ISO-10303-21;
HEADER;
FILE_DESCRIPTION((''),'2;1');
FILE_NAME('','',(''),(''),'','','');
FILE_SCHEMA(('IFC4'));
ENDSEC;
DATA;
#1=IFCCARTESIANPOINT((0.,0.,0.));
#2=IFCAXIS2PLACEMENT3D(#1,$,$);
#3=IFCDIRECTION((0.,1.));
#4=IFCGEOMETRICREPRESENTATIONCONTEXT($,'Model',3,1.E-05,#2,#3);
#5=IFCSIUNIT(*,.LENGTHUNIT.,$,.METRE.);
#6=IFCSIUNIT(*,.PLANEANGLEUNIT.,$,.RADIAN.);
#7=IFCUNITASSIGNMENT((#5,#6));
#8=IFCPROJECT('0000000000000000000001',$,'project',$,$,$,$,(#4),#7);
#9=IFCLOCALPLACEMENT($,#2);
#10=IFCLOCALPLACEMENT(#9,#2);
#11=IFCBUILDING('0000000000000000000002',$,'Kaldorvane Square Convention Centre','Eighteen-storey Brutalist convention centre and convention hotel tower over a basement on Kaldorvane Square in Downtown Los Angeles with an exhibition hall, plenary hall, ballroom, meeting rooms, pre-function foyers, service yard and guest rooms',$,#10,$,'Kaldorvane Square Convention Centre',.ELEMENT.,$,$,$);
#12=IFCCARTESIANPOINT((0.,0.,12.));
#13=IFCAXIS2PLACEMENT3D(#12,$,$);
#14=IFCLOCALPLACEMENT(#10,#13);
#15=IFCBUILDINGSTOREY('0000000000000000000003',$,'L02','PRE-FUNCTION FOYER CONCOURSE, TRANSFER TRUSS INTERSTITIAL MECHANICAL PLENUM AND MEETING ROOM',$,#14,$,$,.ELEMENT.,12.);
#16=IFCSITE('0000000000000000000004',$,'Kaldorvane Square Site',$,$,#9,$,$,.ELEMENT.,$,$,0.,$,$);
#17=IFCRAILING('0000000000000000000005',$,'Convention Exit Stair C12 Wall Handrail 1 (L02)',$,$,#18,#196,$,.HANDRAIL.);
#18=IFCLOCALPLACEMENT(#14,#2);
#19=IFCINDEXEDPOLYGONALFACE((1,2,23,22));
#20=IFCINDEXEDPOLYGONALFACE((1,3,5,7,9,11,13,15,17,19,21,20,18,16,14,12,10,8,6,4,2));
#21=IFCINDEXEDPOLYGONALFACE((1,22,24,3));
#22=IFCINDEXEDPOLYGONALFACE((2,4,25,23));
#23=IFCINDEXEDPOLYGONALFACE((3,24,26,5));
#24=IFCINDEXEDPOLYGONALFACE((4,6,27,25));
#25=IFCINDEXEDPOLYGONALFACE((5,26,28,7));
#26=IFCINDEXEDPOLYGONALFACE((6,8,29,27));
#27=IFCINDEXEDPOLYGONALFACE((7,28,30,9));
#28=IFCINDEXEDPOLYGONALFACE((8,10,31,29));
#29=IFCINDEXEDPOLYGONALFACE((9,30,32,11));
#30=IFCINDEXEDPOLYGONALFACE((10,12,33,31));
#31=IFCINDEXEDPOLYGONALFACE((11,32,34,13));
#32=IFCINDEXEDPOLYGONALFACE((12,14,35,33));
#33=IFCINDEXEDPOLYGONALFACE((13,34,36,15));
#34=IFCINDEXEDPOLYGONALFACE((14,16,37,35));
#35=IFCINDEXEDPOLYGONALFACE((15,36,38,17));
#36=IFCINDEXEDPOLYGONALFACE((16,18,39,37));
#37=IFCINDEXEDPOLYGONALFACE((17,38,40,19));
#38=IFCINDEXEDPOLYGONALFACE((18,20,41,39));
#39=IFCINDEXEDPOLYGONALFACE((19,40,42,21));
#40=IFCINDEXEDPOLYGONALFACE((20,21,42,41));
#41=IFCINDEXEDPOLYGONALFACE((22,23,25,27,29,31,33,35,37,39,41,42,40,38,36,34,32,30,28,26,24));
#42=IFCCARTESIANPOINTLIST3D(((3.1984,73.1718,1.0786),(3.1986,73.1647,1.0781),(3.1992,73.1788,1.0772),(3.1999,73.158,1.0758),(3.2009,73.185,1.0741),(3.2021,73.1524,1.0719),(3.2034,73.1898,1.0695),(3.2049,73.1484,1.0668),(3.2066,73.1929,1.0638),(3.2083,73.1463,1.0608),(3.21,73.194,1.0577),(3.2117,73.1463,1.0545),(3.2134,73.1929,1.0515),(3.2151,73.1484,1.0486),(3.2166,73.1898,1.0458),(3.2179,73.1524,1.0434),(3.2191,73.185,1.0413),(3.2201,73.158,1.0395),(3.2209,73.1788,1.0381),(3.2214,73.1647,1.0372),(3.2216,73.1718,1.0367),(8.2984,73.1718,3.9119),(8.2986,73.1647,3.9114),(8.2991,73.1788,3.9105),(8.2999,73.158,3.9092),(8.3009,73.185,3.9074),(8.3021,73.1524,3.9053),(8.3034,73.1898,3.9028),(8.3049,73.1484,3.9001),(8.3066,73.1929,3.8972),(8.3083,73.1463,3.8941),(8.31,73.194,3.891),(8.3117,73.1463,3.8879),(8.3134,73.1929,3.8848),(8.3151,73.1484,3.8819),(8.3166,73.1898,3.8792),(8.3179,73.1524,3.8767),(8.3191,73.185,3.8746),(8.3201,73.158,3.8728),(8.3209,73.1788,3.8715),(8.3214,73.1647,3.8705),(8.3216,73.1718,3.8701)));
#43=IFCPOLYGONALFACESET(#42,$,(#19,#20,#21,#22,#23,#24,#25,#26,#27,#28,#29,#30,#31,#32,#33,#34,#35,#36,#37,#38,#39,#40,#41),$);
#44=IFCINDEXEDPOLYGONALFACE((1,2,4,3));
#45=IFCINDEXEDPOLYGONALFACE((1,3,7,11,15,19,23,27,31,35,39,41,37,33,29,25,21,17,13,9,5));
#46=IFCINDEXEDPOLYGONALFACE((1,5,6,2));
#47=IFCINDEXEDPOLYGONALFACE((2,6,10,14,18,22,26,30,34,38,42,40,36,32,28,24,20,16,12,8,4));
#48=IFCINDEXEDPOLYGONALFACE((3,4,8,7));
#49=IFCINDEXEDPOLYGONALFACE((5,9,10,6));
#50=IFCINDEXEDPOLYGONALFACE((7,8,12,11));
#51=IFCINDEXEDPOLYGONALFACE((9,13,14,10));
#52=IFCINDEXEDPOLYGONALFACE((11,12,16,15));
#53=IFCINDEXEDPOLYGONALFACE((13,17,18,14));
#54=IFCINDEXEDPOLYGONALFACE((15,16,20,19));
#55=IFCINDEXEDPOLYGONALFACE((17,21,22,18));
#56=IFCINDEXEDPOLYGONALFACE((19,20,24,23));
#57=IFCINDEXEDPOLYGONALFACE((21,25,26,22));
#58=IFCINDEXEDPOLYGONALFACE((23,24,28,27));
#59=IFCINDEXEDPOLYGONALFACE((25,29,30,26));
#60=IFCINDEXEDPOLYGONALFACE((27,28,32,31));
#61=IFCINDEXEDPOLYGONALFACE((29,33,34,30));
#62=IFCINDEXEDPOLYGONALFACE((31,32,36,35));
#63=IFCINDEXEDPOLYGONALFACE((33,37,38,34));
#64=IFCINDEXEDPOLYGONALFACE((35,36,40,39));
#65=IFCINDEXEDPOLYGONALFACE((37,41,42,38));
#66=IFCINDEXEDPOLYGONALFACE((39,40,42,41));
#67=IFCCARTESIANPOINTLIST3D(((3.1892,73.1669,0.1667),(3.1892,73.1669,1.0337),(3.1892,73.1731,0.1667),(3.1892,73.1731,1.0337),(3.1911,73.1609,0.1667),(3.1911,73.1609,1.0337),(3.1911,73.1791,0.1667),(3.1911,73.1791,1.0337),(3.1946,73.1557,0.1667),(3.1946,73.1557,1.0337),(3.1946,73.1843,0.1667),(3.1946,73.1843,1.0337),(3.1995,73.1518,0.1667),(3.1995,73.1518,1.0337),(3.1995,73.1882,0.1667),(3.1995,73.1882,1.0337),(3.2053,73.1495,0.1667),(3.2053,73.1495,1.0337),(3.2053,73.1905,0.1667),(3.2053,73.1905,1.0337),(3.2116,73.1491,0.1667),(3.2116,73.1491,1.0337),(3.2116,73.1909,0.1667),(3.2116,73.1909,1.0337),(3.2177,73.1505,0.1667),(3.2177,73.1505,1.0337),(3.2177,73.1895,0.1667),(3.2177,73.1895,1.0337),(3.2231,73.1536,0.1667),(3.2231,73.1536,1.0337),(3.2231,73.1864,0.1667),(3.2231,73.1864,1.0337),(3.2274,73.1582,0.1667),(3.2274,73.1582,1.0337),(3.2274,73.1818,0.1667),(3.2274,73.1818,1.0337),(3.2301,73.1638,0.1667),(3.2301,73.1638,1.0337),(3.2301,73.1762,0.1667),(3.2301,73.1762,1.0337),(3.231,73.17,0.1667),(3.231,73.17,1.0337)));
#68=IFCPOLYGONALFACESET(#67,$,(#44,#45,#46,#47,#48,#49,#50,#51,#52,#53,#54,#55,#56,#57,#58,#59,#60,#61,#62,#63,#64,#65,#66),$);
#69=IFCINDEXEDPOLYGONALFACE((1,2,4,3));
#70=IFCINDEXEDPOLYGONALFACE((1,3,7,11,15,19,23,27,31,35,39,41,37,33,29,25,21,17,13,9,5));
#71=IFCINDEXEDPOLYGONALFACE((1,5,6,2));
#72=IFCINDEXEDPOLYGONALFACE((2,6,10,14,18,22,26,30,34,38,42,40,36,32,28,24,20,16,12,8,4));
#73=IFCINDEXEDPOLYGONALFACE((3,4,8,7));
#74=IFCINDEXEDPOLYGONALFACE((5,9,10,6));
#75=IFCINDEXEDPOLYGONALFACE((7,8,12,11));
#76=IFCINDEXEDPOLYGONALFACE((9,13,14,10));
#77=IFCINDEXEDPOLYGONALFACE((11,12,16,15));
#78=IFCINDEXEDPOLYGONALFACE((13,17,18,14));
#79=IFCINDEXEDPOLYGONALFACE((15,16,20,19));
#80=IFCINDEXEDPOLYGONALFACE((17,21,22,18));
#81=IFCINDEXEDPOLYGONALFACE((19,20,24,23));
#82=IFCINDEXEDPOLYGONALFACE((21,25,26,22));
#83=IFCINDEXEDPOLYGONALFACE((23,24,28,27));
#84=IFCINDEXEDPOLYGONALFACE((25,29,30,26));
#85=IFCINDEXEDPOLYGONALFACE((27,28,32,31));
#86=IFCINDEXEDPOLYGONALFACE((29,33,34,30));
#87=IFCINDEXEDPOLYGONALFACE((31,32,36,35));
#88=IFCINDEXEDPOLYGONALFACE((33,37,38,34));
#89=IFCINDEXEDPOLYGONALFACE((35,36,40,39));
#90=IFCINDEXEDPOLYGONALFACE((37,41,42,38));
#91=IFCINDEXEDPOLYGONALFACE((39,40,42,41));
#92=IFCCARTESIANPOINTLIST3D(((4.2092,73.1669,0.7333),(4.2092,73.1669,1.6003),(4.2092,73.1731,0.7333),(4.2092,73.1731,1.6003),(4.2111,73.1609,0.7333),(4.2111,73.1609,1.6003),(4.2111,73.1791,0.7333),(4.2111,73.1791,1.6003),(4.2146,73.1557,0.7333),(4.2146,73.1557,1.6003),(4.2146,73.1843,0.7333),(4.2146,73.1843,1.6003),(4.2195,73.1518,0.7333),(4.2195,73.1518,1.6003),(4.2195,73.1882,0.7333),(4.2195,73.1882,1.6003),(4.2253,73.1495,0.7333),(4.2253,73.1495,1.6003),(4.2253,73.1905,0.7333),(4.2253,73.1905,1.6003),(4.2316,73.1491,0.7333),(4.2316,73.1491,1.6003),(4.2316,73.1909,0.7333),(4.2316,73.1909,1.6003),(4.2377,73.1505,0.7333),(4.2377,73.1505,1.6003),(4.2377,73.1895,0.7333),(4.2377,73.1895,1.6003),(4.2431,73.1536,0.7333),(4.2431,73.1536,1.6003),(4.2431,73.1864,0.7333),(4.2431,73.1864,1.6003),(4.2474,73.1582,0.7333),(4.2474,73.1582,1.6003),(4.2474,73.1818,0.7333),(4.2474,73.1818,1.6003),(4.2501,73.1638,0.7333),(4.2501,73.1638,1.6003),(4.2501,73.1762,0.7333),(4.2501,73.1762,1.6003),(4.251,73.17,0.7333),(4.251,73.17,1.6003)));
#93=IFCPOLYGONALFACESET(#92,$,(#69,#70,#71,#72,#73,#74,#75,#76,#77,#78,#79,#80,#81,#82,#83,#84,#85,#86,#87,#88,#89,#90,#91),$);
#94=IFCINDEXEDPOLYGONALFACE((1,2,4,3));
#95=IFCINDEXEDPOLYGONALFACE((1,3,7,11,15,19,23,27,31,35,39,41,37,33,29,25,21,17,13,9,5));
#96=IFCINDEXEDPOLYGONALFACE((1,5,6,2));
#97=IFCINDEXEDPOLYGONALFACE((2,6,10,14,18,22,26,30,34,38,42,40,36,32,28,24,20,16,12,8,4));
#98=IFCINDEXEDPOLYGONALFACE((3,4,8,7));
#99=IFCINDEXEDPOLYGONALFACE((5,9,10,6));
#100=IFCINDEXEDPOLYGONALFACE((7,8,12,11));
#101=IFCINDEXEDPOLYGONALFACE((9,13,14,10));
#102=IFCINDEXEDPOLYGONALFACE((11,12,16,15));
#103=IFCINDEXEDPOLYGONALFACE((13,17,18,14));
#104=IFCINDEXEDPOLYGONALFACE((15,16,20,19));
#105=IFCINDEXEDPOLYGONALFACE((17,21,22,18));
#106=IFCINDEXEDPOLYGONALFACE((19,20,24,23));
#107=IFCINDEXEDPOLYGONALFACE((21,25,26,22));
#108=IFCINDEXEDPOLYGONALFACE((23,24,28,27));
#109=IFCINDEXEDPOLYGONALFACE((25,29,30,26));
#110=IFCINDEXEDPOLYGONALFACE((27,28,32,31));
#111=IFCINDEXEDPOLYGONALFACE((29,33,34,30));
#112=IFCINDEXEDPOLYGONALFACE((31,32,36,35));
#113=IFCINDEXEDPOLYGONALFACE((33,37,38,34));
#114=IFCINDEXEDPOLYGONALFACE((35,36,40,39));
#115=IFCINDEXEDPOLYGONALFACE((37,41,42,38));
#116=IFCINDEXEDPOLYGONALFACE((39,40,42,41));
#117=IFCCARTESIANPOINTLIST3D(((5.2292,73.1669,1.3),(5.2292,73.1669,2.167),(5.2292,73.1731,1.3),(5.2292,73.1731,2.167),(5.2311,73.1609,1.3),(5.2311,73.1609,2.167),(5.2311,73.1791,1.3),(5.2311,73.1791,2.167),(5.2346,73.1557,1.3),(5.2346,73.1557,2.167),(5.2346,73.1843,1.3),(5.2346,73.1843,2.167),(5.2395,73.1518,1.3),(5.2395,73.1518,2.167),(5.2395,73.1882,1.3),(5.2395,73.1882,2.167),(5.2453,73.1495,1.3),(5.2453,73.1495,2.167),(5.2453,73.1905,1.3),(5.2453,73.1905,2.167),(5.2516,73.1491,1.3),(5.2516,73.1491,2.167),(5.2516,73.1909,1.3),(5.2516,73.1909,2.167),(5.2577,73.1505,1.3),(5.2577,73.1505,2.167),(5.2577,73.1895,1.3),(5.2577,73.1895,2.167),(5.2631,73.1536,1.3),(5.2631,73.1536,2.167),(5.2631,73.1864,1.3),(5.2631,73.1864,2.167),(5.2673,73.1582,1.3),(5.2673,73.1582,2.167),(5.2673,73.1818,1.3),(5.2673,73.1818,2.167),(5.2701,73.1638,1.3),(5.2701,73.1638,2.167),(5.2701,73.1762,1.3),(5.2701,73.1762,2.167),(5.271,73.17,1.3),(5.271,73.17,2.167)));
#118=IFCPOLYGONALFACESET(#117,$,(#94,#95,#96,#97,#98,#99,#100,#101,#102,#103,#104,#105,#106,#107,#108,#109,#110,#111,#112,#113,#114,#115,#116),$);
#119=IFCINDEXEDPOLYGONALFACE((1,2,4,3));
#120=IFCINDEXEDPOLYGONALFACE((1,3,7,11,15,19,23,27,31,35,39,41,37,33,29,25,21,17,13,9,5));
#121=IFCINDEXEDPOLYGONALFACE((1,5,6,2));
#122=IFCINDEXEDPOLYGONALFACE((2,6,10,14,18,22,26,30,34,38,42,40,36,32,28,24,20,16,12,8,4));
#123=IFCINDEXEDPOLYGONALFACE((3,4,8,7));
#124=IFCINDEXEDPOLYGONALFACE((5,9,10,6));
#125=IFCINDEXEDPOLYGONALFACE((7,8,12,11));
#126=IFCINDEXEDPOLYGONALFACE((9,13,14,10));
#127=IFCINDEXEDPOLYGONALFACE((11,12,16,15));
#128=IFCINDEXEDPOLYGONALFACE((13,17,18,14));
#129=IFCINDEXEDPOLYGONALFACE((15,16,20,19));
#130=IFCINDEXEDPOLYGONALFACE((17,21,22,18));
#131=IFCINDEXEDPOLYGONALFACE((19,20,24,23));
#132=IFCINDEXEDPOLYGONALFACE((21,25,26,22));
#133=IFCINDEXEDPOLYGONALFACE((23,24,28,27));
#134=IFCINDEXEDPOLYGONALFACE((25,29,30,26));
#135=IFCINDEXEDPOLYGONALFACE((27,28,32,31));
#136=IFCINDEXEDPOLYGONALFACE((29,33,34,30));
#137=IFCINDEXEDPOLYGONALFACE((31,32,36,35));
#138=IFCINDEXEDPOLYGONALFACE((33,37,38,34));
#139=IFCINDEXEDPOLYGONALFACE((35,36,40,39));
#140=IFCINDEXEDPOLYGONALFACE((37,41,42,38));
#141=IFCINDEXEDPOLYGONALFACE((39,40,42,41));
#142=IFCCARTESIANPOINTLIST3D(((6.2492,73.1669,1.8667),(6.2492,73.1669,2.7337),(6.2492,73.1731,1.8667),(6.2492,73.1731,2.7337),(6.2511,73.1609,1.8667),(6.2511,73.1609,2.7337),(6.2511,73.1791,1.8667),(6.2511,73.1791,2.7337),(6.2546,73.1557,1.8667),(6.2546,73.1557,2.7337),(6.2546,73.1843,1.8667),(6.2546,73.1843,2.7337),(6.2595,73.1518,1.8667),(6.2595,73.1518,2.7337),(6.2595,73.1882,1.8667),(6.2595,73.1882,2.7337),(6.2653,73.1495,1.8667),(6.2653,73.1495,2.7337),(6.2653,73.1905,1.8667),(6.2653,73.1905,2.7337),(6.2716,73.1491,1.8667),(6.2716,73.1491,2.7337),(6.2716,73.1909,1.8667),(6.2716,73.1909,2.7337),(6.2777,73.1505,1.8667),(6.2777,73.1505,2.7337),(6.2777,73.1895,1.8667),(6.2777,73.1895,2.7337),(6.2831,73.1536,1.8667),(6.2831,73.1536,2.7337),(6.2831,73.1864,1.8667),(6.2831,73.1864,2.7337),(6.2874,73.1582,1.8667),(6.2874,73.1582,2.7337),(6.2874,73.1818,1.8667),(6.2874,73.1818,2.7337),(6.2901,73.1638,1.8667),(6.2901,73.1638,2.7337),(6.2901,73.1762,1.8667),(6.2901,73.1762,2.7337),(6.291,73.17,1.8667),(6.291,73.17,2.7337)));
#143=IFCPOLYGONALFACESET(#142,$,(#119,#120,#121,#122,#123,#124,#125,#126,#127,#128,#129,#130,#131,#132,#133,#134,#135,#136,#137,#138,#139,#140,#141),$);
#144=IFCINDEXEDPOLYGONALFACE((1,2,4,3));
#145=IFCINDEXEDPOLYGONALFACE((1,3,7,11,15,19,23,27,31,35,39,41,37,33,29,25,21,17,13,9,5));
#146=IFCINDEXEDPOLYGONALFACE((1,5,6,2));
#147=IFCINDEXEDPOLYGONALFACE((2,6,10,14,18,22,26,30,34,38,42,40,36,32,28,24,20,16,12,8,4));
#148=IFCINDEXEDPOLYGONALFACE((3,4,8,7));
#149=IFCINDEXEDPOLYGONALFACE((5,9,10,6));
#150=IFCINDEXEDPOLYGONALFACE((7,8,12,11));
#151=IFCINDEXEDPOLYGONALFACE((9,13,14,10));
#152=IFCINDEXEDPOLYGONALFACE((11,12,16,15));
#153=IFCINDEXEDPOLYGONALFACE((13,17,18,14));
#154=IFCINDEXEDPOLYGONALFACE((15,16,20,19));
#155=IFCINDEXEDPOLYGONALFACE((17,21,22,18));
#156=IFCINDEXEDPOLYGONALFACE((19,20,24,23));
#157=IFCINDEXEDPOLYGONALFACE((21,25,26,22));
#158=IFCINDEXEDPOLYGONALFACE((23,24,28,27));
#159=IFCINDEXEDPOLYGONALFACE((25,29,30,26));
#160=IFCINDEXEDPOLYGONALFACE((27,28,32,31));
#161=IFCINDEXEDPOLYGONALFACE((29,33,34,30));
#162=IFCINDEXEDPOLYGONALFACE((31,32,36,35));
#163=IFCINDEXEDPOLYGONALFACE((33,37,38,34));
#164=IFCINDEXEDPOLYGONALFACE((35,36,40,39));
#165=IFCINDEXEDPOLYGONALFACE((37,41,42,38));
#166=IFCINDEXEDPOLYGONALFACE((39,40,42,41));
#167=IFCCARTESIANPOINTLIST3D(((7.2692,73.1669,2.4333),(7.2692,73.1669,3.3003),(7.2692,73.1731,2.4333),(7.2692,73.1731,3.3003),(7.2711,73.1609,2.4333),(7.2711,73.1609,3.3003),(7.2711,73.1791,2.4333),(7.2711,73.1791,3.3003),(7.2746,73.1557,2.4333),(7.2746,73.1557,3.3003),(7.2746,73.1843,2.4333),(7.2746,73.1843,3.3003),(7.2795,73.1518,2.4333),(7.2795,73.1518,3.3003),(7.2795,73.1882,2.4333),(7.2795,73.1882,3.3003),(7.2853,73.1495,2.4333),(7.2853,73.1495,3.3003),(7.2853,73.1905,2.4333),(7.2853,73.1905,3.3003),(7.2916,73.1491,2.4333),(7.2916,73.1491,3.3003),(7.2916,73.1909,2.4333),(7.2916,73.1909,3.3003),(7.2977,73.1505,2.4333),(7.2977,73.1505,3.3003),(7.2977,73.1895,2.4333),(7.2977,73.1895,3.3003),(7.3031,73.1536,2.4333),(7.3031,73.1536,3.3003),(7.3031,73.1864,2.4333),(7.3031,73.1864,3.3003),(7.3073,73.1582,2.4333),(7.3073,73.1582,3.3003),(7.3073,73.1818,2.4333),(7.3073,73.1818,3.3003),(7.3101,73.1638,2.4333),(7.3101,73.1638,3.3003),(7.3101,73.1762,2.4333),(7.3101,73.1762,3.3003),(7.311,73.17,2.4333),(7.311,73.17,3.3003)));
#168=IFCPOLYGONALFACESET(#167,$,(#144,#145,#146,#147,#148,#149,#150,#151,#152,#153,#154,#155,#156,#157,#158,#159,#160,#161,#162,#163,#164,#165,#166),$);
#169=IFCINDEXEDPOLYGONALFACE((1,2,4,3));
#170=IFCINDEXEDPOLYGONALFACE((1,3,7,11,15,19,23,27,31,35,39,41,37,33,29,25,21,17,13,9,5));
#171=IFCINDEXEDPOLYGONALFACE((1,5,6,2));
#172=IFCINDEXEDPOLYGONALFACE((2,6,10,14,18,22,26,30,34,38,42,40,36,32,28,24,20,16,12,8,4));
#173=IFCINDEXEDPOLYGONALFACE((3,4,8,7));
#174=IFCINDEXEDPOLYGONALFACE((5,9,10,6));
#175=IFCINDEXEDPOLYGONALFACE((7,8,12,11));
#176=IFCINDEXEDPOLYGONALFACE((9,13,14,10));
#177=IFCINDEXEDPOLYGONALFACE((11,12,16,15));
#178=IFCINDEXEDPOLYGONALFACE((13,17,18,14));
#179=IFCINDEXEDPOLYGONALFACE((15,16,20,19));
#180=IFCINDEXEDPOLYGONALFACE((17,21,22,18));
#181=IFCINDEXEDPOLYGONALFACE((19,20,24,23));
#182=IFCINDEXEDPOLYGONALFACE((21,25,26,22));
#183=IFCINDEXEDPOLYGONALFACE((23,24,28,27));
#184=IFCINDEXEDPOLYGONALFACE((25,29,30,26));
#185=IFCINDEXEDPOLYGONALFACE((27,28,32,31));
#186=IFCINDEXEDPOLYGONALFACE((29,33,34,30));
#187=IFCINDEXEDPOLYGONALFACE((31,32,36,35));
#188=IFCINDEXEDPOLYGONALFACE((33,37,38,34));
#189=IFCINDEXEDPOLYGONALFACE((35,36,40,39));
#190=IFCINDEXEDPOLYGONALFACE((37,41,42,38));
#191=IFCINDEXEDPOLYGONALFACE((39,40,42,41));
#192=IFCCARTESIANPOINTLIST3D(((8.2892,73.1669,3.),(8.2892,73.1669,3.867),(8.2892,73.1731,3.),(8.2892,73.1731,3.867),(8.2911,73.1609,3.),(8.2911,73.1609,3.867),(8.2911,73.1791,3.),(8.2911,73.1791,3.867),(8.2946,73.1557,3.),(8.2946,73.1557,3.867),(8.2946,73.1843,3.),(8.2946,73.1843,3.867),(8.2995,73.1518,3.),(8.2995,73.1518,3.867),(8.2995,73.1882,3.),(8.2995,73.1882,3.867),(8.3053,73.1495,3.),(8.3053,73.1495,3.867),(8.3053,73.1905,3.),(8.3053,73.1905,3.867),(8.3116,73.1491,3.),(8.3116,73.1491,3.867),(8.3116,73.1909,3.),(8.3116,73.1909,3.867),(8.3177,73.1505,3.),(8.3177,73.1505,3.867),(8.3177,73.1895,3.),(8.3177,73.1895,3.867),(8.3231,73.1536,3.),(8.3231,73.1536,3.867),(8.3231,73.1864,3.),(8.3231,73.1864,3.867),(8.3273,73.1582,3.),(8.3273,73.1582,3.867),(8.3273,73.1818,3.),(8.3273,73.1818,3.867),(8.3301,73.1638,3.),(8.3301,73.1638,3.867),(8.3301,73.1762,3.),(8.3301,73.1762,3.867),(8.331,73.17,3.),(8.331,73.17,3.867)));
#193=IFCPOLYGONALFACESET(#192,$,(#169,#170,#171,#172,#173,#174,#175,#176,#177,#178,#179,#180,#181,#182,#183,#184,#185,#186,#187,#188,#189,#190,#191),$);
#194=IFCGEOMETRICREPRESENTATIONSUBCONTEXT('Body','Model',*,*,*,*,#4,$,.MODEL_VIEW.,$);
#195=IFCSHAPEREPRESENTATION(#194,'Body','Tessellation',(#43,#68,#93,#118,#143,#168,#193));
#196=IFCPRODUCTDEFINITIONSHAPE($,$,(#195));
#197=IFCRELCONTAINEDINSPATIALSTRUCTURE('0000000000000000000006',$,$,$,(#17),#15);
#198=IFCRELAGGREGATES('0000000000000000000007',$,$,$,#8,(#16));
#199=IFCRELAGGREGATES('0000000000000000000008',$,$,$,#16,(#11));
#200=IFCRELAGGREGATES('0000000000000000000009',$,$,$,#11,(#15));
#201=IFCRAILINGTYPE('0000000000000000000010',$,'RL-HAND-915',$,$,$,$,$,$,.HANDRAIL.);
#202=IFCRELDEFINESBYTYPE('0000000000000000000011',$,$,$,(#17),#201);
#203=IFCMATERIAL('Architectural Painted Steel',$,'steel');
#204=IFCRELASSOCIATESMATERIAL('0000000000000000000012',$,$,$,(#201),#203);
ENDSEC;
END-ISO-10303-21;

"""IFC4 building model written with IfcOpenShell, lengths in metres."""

from ifc_helpers import new_model, si_unit, direction, frame, origin, origin_2d, place, context, subcontext, project, spatial, circle, extrude, material, type_object, element, save


model = new_model("IFC4")

# Units and contexts
model_context = context("Model", 3, precision=1e-05, world=origin(), true_north=direction((0.0, 1.0)))
body_context = subcontext(model_context, "Body", "Model", "MODEL_VIEW")
ifc_project = project(units=[si_unit("LENGTHUNIT", "METRE"), si_unit("PLANEANGLEUNIT", "RADIAN")], contexts=[model_context])

# Site, building, storey
site_placement = place(None, origin())
site = spatial("IfcSite", under=ifc_project, at=site_placement, Name="Kaldorvane Square Site", CompositionType="ELEMENT", RefElevation=0.0)
building_placement = place(site_placement, origin())
building = spatial("IfcBuilding", under=site, at=building_placement, Name="Kaldorvane Square Convention Centre", Description="Eighteen-storey Brutalist convention centre and convention hotel tower over a basement on Kaldorvane Square in Downtown Los Angeles with an exhibition hall, plenary hall, ballroom, meeting rooms, pre-function foyers, service yard and guest rooms", LongName="Kaldorvane Square Convention Centre", CompositionType="ELEMENT")
storey_placement = place(building_placement, frame((0.0, 0.0, 12.0)))
storey = spatial("IfcBuildingStorey", under=building, at=storey_placement, Name="L02", Description="PRE-FUNCTION FOYER CONCOURSE, TRANSFER TRUSS INTERSTITIAL MECHANICAL PLENUM AND MEETING ROOM", CompositionType="ELEMENT", Elevation=12.0)

# Railing
ifc_material_1 = material(Name="Architectural Painted Steel", Category="steel")
railing_type_1 = type_object("IfcRailingType", Name="RL-HAND-915", PredefinedType="HANDRAIL", material=ifc_material_1)
railing_1_placement = place(storey_placement, frame((3.21, 73.17, 0.1667)))
element("IfcRailing", 1, at=railing_1_placement, inside=storey, type_object=railing_type_1, Name="Convention Exit Stair C12 Wall Handrail 1 (L02)", PredefinedType="HANDRAIL", context=body_context, shape_type="SweptSolid", body=[
    extrude(circle(Radius=0.024, at=origin_2d()), frame((0.0, 0.0, 0.891), z_axis=(0.874157, 0.0, 0.485643), x_axis=(0.0, 1.0, 0.0)), (0.0, 0.0, 1.0), 5.8342),
    extrude(circle(Radius=0.021, at=origin_2d()), origin(), (0.0, 0.0, 1.0), 0.867),
    extrude(circle(Radius=0.021, at=origin_2d()), frame((1.02, 0.0, 0.5667)), (0.0, 0.0, 1.0), 0.867),
    extrude(circle(Radius=0.021, at=origin_2d()), frame((2.04, 0.0, 1.1333)), (0.0, 0.0, 1.0), 0.867),
    extrude(circle(Radius=0.021, at=origin_2d()), frame((3.06, 0.0, 1.7)), (0.0, 0.0, 1.0), 0.867),
    extrude(circle(Radius=0.021, at=origin_2d()), frame((4.08, 0.0, 2.2667)), (0.0, 0.0, 1.0), 0.867),
    extrude(circle(Radius=0.021, at=origin_2d()), frame((5.1, 0.0, 2.8333)), (0.0, 0.0, 1.0), 0.867),
])

save(model, "model.ifc")
